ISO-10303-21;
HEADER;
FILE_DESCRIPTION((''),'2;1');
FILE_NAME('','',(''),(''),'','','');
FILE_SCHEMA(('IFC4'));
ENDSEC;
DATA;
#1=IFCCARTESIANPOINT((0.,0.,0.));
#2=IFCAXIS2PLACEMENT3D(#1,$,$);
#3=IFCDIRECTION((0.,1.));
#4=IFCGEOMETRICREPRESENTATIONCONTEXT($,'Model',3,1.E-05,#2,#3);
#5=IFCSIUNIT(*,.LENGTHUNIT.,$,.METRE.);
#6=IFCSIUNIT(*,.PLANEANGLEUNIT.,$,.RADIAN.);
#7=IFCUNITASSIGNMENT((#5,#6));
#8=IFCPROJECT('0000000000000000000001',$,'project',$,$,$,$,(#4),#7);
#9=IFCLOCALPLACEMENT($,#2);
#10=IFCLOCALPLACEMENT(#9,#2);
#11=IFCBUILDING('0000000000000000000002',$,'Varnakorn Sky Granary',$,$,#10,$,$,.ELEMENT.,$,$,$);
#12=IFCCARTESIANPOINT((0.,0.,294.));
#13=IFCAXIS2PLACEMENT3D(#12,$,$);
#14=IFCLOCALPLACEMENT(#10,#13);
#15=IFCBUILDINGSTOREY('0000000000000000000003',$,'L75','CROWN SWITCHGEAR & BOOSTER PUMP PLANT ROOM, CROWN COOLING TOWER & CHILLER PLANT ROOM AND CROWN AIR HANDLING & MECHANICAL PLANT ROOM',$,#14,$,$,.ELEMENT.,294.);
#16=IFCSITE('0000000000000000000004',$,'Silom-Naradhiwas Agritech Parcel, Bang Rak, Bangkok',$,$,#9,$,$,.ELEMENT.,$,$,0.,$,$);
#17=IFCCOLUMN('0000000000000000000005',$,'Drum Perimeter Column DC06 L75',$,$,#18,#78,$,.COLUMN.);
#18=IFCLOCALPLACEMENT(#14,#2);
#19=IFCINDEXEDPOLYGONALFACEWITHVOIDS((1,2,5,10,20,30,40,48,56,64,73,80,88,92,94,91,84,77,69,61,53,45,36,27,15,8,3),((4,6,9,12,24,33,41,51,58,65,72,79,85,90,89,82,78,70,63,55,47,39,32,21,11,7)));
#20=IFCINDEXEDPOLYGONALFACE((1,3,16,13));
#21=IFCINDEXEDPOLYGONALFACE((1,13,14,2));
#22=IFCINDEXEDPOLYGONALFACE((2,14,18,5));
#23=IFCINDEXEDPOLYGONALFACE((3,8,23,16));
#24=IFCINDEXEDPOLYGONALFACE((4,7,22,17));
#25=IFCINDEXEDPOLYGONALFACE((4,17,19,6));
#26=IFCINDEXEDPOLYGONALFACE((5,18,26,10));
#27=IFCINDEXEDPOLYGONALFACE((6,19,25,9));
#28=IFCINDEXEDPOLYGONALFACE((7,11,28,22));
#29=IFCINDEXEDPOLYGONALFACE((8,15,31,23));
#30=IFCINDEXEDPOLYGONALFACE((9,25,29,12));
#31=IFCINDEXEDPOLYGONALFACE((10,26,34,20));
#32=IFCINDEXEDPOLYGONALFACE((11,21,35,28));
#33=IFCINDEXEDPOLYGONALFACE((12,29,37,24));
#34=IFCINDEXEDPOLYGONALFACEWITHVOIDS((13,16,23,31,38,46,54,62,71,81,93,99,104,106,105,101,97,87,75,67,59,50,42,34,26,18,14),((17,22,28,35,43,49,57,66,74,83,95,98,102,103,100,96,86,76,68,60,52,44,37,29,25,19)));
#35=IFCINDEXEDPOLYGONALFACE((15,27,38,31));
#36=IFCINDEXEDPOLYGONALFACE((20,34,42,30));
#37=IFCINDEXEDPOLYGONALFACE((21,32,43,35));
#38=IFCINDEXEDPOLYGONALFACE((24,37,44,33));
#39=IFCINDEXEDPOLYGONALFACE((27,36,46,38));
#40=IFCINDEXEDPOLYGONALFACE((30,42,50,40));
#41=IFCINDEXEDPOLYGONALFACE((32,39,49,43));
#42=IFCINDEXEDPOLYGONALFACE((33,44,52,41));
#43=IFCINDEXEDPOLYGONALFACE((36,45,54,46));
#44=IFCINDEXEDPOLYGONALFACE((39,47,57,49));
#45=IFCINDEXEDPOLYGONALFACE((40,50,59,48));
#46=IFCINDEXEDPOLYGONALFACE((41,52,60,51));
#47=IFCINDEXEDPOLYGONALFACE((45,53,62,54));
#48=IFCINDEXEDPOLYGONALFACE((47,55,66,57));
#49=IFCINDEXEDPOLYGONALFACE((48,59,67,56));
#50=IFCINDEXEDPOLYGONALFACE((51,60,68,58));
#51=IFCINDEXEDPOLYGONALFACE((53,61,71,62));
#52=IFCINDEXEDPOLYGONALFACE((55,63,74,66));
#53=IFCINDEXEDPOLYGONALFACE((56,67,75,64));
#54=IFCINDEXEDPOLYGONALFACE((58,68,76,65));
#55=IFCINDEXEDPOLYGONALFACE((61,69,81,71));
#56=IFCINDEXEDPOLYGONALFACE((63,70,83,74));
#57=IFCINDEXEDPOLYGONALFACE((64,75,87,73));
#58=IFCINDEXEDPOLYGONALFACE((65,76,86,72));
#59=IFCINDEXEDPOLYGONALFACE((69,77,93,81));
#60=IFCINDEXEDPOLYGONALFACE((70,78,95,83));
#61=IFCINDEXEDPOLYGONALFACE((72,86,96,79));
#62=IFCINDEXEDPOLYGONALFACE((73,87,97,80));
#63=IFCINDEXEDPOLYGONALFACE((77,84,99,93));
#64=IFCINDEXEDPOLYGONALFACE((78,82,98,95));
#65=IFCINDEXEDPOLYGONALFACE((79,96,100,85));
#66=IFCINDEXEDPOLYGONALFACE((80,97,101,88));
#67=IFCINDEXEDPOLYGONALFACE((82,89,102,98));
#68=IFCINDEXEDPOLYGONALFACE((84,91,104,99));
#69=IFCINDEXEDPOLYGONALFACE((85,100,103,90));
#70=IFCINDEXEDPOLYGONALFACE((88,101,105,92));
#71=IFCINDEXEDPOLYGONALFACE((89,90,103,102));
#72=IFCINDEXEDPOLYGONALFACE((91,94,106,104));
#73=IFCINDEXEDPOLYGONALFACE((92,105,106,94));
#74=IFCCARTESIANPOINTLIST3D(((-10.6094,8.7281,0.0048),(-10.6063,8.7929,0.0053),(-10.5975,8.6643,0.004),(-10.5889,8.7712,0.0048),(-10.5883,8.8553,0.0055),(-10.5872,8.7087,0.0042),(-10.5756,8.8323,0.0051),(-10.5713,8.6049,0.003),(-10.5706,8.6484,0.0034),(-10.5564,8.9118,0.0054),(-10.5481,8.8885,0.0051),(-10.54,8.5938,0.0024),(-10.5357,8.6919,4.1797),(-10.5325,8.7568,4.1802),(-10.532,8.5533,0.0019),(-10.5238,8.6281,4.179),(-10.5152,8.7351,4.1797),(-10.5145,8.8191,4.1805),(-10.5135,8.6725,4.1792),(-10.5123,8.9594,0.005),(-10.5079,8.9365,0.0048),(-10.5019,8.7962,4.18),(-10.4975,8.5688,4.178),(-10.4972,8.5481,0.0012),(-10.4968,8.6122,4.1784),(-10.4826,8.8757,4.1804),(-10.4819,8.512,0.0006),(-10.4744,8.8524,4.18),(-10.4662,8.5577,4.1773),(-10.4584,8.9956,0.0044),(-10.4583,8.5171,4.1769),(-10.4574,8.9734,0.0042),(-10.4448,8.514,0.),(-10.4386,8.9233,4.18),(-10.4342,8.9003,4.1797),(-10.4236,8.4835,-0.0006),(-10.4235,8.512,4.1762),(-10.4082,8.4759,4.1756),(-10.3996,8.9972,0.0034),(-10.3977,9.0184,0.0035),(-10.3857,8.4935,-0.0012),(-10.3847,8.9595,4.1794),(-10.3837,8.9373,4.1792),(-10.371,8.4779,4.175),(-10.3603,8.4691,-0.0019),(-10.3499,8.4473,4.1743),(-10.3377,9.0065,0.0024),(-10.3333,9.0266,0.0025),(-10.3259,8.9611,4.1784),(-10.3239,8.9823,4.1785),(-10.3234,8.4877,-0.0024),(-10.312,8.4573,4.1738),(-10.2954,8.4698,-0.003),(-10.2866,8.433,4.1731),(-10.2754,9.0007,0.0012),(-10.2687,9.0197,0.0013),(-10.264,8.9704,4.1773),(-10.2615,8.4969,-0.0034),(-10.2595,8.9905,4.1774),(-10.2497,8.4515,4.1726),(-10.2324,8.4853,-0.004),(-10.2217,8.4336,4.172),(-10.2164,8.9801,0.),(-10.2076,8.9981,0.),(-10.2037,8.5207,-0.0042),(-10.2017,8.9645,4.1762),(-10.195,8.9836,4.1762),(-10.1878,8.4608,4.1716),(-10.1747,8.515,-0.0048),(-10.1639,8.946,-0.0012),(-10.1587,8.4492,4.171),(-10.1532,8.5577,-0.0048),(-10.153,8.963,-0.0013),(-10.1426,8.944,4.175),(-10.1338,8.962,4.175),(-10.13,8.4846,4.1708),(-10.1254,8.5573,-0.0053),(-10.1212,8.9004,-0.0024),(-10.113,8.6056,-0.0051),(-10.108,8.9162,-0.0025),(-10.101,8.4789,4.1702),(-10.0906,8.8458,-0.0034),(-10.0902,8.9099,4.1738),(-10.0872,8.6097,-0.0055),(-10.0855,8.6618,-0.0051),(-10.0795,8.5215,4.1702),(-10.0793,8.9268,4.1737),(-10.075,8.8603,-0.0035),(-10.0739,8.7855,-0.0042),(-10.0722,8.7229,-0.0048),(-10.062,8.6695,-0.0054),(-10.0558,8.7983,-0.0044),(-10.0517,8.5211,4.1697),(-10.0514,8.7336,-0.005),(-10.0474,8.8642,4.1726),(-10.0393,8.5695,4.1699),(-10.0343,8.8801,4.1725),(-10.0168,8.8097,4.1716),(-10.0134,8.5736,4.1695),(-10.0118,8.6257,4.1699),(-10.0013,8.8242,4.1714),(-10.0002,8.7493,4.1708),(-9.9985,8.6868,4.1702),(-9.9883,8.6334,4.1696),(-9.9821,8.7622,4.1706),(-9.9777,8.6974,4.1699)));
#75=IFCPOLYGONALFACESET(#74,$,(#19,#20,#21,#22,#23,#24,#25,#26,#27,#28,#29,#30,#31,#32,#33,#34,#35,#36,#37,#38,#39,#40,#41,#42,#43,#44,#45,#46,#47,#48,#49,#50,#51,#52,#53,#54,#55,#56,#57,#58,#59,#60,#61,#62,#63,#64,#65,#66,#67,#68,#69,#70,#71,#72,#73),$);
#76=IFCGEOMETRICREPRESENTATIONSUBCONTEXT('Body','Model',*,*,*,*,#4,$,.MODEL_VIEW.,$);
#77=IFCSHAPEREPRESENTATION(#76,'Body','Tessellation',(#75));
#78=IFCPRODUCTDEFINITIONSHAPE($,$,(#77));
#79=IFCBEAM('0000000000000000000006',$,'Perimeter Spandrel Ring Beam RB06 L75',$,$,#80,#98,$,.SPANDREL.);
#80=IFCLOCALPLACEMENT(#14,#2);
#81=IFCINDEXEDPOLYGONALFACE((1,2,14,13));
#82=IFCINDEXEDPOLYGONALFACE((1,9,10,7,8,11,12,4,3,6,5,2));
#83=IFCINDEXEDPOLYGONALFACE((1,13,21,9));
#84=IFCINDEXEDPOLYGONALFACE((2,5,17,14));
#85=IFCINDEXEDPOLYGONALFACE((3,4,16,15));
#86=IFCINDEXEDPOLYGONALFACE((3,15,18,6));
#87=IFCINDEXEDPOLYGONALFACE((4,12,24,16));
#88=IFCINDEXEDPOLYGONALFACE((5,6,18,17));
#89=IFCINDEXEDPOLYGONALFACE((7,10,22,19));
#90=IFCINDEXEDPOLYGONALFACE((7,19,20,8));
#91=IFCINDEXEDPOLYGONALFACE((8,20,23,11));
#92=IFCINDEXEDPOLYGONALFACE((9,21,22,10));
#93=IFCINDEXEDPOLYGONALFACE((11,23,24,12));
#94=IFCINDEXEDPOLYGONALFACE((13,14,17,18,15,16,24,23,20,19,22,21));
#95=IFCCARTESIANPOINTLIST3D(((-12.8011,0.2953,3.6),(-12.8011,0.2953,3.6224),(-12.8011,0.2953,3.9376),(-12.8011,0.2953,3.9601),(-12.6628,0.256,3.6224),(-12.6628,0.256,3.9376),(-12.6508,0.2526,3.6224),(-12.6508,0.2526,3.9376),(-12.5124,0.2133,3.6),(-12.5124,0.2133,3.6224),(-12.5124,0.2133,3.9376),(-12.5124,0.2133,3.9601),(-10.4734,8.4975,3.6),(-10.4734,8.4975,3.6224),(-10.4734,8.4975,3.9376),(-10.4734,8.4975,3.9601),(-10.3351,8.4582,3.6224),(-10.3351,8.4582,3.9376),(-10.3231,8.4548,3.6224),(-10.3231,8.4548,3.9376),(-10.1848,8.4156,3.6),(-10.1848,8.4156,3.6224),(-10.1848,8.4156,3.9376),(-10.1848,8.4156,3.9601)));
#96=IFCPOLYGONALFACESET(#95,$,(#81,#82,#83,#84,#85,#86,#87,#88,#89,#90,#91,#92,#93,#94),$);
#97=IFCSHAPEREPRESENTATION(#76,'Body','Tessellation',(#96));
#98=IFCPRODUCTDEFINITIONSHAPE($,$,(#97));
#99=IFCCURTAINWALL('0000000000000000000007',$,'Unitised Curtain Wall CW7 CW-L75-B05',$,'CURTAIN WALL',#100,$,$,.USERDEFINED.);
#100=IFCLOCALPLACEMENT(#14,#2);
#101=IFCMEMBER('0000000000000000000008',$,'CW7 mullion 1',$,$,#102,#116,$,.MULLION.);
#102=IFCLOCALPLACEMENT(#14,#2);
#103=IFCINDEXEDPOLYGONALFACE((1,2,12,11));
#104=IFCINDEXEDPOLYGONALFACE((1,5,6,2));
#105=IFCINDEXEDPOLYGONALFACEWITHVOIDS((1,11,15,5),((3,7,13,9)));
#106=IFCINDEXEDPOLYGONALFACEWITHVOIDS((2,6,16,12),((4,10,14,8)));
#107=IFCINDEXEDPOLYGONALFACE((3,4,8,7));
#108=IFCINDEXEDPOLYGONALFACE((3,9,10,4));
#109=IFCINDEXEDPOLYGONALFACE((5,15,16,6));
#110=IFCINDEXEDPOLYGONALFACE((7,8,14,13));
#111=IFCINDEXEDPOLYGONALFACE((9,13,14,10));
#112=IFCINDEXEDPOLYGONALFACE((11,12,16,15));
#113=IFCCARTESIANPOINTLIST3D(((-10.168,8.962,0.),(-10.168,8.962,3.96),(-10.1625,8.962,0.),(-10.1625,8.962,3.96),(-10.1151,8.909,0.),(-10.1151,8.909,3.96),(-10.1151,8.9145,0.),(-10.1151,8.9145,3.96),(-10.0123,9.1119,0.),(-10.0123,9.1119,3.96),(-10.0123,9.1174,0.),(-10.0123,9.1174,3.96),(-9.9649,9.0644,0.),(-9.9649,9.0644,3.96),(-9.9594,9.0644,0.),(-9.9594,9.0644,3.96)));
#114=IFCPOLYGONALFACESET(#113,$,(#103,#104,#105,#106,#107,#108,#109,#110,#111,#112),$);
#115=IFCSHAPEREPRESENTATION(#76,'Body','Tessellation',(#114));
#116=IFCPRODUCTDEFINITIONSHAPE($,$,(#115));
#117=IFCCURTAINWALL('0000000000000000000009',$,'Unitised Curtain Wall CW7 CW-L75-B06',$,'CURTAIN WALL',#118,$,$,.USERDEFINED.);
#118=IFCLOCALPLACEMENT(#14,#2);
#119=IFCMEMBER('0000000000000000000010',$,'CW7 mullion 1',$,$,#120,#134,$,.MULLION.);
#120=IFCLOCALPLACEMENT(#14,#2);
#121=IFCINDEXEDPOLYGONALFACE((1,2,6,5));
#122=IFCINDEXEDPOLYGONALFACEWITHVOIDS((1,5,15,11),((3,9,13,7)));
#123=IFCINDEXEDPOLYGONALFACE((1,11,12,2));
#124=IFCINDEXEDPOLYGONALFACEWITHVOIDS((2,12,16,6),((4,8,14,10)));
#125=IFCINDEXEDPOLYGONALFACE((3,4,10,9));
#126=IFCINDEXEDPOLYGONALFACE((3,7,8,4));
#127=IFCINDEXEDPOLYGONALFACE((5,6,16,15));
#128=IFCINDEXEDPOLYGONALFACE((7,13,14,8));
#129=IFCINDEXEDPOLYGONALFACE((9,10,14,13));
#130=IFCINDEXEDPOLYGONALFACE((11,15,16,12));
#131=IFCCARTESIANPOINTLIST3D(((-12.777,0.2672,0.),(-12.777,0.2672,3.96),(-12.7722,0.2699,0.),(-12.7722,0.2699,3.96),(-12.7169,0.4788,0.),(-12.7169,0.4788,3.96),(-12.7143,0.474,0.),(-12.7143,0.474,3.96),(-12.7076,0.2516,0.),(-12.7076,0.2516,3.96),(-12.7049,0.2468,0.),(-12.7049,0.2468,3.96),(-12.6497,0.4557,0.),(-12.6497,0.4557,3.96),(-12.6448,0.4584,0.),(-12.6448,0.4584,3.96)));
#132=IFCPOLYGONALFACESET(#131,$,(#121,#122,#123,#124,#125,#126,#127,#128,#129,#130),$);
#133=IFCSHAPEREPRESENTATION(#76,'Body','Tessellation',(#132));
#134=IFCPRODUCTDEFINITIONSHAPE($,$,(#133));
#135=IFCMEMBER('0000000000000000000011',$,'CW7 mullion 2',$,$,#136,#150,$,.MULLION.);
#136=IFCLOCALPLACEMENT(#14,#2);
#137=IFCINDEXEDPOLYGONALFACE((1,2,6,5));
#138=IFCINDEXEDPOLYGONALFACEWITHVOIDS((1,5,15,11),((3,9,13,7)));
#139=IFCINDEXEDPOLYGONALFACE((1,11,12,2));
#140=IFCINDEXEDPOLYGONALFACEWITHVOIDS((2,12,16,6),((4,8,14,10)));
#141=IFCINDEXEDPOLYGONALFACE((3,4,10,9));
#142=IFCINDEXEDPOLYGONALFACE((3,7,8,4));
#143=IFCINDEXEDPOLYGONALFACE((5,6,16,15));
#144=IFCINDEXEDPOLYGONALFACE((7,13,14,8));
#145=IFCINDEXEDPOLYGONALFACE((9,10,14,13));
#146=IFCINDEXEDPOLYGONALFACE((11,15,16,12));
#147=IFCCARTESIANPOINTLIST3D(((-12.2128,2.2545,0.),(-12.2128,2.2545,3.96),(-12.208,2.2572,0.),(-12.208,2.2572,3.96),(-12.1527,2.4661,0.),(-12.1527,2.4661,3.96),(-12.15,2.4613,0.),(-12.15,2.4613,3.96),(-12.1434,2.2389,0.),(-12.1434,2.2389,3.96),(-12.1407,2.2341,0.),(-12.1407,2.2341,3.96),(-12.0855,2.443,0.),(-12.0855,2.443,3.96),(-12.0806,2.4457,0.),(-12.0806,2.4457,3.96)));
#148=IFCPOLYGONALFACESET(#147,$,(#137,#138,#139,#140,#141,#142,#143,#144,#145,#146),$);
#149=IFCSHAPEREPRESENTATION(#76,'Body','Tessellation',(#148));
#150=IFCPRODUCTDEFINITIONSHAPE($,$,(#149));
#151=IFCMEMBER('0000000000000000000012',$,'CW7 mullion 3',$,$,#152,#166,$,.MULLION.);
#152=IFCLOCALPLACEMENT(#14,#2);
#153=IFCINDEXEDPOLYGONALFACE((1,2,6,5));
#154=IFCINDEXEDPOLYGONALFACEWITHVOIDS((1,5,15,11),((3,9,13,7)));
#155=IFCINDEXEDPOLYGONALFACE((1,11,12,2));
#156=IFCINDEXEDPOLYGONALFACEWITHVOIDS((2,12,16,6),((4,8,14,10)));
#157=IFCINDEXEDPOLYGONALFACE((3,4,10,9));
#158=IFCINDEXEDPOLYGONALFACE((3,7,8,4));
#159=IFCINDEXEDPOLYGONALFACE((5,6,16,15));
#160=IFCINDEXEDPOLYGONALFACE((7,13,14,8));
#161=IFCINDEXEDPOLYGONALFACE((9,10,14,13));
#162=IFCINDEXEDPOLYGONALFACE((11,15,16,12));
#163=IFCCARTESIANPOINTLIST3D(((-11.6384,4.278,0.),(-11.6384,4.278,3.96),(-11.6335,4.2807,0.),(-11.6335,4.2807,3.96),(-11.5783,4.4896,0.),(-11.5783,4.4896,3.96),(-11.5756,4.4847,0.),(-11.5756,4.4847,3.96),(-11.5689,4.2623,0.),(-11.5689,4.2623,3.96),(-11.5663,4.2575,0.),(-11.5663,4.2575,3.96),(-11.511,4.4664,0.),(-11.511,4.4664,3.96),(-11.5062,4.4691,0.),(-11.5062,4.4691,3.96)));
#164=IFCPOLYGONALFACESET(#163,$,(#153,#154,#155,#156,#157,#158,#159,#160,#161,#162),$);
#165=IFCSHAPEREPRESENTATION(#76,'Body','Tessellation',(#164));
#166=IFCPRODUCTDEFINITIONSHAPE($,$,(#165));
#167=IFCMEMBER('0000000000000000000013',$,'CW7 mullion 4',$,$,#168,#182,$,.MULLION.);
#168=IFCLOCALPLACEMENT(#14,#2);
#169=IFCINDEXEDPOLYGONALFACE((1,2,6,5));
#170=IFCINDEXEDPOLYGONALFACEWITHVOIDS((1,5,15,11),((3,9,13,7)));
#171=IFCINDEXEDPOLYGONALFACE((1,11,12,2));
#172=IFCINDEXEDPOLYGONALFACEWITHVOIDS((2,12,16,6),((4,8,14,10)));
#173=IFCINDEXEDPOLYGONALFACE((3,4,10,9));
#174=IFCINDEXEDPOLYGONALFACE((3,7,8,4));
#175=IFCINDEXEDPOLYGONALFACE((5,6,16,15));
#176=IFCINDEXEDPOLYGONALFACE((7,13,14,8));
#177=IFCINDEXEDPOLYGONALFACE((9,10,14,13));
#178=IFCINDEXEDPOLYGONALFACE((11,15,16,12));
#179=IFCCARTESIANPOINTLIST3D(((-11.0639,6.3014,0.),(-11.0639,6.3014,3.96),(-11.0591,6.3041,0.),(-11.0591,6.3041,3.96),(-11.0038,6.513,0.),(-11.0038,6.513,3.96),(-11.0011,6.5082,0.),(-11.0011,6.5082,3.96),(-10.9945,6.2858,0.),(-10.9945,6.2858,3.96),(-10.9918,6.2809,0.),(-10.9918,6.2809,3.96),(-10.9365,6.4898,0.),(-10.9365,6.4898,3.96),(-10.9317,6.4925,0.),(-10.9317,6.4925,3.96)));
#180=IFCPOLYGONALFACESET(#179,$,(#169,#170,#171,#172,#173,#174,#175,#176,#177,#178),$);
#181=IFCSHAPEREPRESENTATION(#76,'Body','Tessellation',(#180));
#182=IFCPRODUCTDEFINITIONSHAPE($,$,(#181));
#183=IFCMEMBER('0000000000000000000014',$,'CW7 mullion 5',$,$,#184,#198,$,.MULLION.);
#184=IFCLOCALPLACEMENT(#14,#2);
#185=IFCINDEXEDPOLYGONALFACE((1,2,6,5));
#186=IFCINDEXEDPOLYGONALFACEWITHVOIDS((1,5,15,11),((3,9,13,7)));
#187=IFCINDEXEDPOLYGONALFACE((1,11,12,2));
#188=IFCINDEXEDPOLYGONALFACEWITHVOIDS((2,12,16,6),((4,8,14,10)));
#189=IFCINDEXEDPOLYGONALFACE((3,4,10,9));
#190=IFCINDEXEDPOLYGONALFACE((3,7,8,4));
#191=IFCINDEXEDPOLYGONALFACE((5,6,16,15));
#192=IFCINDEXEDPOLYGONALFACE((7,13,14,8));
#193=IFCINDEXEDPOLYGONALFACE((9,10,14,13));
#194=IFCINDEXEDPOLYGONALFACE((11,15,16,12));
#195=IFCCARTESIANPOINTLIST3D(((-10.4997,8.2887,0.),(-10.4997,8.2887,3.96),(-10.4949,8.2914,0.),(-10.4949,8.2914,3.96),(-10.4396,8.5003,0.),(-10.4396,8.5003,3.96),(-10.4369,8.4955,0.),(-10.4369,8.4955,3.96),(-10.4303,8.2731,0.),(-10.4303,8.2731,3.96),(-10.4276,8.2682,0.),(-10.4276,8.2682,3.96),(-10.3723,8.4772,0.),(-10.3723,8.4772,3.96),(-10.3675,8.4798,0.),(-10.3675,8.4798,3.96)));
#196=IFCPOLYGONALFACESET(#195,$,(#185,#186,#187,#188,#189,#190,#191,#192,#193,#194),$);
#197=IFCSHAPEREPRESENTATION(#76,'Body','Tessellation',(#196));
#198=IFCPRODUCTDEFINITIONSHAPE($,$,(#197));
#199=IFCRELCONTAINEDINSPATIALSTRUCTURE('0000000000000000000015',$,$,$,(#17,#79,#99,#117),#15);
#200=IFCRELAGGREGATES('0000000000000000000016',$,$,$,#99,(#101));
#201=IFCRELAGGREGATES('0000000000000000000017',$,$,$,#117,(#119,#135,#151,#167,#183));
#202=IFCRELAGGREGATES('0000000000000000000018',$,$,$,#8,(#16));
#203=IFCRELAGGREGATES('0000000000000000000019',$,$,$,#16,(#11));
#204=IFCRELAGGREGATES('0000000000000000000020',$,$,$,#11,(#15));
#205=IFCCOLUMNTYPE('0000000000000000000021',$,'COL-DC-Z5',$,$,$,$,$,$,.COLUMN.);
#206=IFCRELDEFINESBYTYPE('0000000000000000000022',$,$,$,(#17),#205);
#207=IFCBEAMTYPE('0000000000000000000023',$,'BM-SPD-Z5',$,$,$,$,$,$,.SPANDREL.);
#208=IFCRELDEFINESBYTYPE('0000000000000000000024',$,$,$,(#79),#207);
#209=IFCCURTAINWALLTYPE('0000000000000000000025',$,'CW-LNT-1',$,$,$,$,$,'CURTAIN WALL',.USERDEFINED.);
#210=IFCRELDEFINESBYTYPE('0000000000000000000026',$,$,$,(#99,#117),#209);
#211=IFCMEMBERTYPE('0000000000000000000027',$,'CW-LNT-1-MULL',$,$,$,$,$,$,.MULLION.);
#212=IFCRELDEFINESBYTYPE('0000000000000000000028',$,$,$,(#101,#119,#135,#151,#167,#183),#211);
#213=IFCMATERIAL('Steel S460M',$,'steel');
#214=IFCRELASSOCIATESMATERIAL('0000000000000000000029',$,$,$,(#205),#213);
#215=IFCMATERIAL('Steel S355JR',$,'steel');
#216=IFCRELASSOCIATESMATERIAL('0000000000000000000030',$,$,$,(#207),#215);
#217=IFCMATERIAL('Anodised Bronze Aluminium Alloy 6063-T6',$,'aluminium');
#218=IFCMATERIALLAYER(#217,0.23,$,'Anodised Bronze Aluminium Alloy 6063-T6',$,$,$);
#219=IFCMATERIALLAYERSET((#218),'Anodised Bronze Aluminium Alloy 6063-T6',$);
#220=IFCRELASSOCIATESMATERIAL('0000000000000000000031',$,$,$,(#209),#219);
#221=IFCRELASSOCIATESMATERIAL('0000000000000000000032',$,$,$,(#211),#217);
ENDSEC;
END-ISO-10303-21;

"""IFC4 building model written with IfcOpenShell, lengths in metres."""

from ifc_helpers import new_model, si_unit, direction, frame, origin, origin_2d, place, context, subcontext, project, spatial, hollow_rectangle, hollow_circle, i_section, extrude, material, layer, layer_set, material_profile, profile_set, type_object, element, aggregate, save


model = new_model("IFC4")

# Units and contexts
model_context = context("Model", 3, precision=1e-05, world=origin(), true_north=direction((0.0, 1.0)))
body_context = subcontext(model_context, "Body", "Model", "MODEL_VIEW")
ifc_project = project(units=[si_unit("LENGTHUNIT", "METRE"), si_unit("PLANEANGLEUNIT", "RADIAN")], contexts=[model_context])

# Site, building, storey
site_placement = place(None, origin())
site = spatial("IfcSite", under=ifc_project, at=site_placement, Name="Silom-Naradhiwas Agritech Parcel, Bang Rak, Bangkok", CompositionType="ELEMENT", RefElevation=0.0)
building_placement = place(site_placement, origin())
building = spatial("IfcBuilding", under=site, at=building_placement, Name="Varnakorn Sky Granary", CompositionType="ELEMENT")
storey_placement = place(building_placement, frame((0.0, 0.0, 294.0)))
storey = spatial("IfcBuildingStorey", under=building, at=storey_placement, Name="L75", Description="CROWN SWITCHGEAR & BOOSTER PUMP PLANT ROOM, CROWN COOLING TOWER & CHILLER PLANT ROOM AND CROWN AIR HANDLING & MECHANICAL PLANT ROOM", CompositionType="ELEMENT", Elevation=294.0)

# Column
ifc_material_1 = material(Name="Steel S460M", Category="steel")
ifc_material_profile_1 = material_profile(ifc_material_1, hollow_circle(Radius=0.2795, WallThickness=0.02, at=origin_2d()), Name="CHS 559x20")
ifc_profile_set_1 = profile_set([ifc_material_profile_1], Name="Steel S460M")
column_type = type_object("IfcColumnType", Name="COL-DC-Z5", PredefinedType="COLUMN", material=ifc_profile_set_1)
column_placement = place(storey_placement, frame((-10.3306, 8.7471, 0.0), z_axis=(0.017656, -0.008653, 0.999807), x_axis=(0.440063, 0.897967, 0.0)))
element("IfcColumn", 1, at=column_placement, inside=storey, type_object=column_type, Name="Drum Perimeter Column DC06 L75", PredefinedType="COLUMN", context=body_context, shape_type="SweptSolid", body=[
    extrude(hollow_circle(Radius=0.2795, WallThickness=0.02, at=origin_2d()), origin(), (0.0, 0.0, 1.0), 4.1758),
])

# Beam
ifc_material_2 = material(Name="Steel S355JR", Category="steel")
ifc_material_profile_2 = material_profile(ifc_material_2, i_section(OverallWidth=0.3, OverallDepth=0.3601, WebThickness=0.0125, FlangeThickness=0.0225, at=origin_2d()), Name="HE 360 B")
ifc_profile_set_2 = profile_set([ifc_material_profile_2], Name="Steel S355JR")
beam_type = type_object("IfcBeamType", Name="BM-SPD-Z5", PredefinedType="SPANDREL", material=ifc_profile_set_2)
beam_placement = place(storey_placement, frame((-10.3291, 8.4565, 3.78), z_axis=(-0.273004, -0.962013, 0.0), x_axis=(0.962013, -0.273004, 0.0)))
element("IfcBeam", 2, at=beam_placement, inside=storey, type_object=beam_type, Name="Perimeter Spandrel Ring Beam RB06 L75", PredefinedType="SPANDREL", context=body_context, shape_type="SweptSolid", body=[
    extrude(i_section(OverallWidth=0.3, OverallDepth=0.3601, WebThickness=0.0125, FlangeThickness=0.0225, at=origin_2d()), origin(), (0.0, 0.0, 1.0), 8.5261),
])

# Curtain wall, member
ifc_material_3 = material(Name="Anodised Bronze Aluminium Alloy 6063-T6", Category="aluminium")
ifc_layer_1 = layer(ifc_material_3, 0.23, Name="Anodised Bronze Aluminium Alloy 6063-T6")
ifc_layer_set_1 = layer_set([ifc_layer_1], Name="Anodised Bronze Aluminium Alloy 6063-T6")
curtain_wall_type = type_object("IfcCurtainWallType", Name="CW-LNT-1", ElementType="CURTAIN WALL", PredefinedType="USERDEFINED", material=ifc_layer_set_1)
curtain_wall_1_placement = place(storey_placement, origin())
curtain_wall_1 = element("IfcCurtainWall", 3, at=curtain_wall_1_placement, inside=storey, type_object=curtain_wall_type, Name="Unitised Curtain Wall CW7 CW-L75-B05", ObjectType="CURTAIN WALL", PredefinedType="USERDEFINED")
ifc_material_profile_3 = material_profile(ifc_material_3, hollow_rectangle(XDim=0.075, YDim=0.22, WallThickness=0.0039, at=origin_2d()), Name="ALU MULL 75x220")
ifc_profile_set_3 = profile_set([ifc_material_profile_3], Name="Anodised Bronze Aluminium Alloy 6063-T6")
member_type_1 = type_object("IfcMemberType", Name="CW-LNT-1-MULL", PredefinedType="MULLION", material=ifc_profile_set_3)
member_1_placement = place(storey_placement, frame((-10.0637, 9.0132, 0.0), z_axis=(0.0, 0.0, 1.0), x_axis=(-0.706397, 0.707816, 0.0)))
member_1 = element("IfcMember", 4, at=member_1_placement, type_object=member_type_1, Name="CW7 mullion 1", PredefinedType="MULLION", context=body_context, shape_type="SweptSolid", body=[
    extrude(hollow_rectangle(XDim=0.075, YDim=0.22, WallThickness=0.0039, at=origin_2d()), origin(), (0.0, 0.0, 1.0), 3.96),
])

# Curtain wall, members
curtain_wall_2_placement = place(storey_placement, origin())
curtain_wall_2 = element("IfcCurtainWall", 5, at=curtain_wall_2_placement, inside=storey, type_object=curtain_wall_type, Name="Unitised Curtain Wall CW7 CW-L75-B06", ObjectType="CURTAIN WALL", PredefinedType="USERDEFINED")
member_2_placement = place(storey_placement, frame((-12.7109, 0.3628, 0.0), z_axis=(0.0, 0.0, 1.0), x_axis=(-0.961978, 0.273126, 0.0)))
member_2 = element("IfcMember", 6, at=member_2_placement, type_object=member_type_1, Name="CW7 mullion 1", PredefinedType="MULLION", context=body_context, shape_type="SweptSolid", body=[
    extrude(hollow_rectangle(XDim=0.075, YDim=0.22, WallThickness=0.0039, at=origin_2d()), origin(), (0.0, 0.0, 1.0), 3.96),
])
member_3_placement = place(storey_placement, frame((-12.1467, 2.3501, 0.0), z_axis=(0.0, 0.0, 1.0), x_axis=(-0.961978, 0.273126, 0.0)))
member_3 = element("IfcMember", 7, at=member_3_placement, type_object=member_type_1, Name="CW7 mullion 2", PredefinedType="MULLION", context=body_context, shape_type="SweptSolid", body=[
    extrude(hollow_rectangle(XDim=0.075, YDim=0.22, WallThickness=0.0039, at=origin_2d()), origin(), (0.0, 0.0, 1.0), 3.96),
])
member_4_placement = place(storey_placement, frame((-11.5723, 4.3735, 0.0), z_axis=(0.0, 0.0, 1.0), x_axis=(-0.961978, 0.273126, 0.0)))
member_4 = element("IfcMember", 8, at=member_4_placement, type_object=member_type_1, Name="CW7 mullion 3", PredefinedType="MULLION", context=body_context, shape_type="SweptSolid", body=[
    extrude(hollow_rectangle(XDim=0.075, YDim=0.22, WallThickness=0.0039, at=origin_2d()), origin(), (0.0, 0.0, 1.0), 3.96),
])
member_5_placement = place(storey_placement, frame((-10.9978, 6.397, 0.0), z_axis=(0.0, 0.0, 1.0), x_axis=(-0.961978, 0.273126, 0.0)))
member_5 = element("IfcMember", 9, at=member_5_placement, type_object=member_type_1, Name="CW7 mullion 4", PredefinedType="MULLION", context=body_context, shape_type="SweptSolid", body=[
    extrude(hollow_rectangle(XDim=0.075, YDim=0.22, WallThickness=0.0039, at=origin_2d()), origin(), (0.0, 0.0, 1.0), 3.96),
])
member_6_placement = place(storey_placement, frame((-10.4336, 8.3843, 0.0), z_axis=(0.0, 0.0, 1.0), x_axis=(-0.961978, 0.273126, 0.0)))
member_6 = element("IfcMember", 10, at=member_6_placement, type_object=member_type_1, Name="CW7 mullion 5", PredefinedType="MULLION", context=body_context, shape_type="SweptSolid", body=[
    extrude(hollow_rectangle(XDim=0.075, YDim=0.22, WallThickness=0.0039, at=origin_2d()), origin(), (0.0, 0.0, 1.0), 3.96),
])

aggregate(curtain_wall_1, [member_1])

aggregate(curtain_wall_2, [member_2, member_3, member_4, member_5, member_6])

save(model, "model.ifc")
